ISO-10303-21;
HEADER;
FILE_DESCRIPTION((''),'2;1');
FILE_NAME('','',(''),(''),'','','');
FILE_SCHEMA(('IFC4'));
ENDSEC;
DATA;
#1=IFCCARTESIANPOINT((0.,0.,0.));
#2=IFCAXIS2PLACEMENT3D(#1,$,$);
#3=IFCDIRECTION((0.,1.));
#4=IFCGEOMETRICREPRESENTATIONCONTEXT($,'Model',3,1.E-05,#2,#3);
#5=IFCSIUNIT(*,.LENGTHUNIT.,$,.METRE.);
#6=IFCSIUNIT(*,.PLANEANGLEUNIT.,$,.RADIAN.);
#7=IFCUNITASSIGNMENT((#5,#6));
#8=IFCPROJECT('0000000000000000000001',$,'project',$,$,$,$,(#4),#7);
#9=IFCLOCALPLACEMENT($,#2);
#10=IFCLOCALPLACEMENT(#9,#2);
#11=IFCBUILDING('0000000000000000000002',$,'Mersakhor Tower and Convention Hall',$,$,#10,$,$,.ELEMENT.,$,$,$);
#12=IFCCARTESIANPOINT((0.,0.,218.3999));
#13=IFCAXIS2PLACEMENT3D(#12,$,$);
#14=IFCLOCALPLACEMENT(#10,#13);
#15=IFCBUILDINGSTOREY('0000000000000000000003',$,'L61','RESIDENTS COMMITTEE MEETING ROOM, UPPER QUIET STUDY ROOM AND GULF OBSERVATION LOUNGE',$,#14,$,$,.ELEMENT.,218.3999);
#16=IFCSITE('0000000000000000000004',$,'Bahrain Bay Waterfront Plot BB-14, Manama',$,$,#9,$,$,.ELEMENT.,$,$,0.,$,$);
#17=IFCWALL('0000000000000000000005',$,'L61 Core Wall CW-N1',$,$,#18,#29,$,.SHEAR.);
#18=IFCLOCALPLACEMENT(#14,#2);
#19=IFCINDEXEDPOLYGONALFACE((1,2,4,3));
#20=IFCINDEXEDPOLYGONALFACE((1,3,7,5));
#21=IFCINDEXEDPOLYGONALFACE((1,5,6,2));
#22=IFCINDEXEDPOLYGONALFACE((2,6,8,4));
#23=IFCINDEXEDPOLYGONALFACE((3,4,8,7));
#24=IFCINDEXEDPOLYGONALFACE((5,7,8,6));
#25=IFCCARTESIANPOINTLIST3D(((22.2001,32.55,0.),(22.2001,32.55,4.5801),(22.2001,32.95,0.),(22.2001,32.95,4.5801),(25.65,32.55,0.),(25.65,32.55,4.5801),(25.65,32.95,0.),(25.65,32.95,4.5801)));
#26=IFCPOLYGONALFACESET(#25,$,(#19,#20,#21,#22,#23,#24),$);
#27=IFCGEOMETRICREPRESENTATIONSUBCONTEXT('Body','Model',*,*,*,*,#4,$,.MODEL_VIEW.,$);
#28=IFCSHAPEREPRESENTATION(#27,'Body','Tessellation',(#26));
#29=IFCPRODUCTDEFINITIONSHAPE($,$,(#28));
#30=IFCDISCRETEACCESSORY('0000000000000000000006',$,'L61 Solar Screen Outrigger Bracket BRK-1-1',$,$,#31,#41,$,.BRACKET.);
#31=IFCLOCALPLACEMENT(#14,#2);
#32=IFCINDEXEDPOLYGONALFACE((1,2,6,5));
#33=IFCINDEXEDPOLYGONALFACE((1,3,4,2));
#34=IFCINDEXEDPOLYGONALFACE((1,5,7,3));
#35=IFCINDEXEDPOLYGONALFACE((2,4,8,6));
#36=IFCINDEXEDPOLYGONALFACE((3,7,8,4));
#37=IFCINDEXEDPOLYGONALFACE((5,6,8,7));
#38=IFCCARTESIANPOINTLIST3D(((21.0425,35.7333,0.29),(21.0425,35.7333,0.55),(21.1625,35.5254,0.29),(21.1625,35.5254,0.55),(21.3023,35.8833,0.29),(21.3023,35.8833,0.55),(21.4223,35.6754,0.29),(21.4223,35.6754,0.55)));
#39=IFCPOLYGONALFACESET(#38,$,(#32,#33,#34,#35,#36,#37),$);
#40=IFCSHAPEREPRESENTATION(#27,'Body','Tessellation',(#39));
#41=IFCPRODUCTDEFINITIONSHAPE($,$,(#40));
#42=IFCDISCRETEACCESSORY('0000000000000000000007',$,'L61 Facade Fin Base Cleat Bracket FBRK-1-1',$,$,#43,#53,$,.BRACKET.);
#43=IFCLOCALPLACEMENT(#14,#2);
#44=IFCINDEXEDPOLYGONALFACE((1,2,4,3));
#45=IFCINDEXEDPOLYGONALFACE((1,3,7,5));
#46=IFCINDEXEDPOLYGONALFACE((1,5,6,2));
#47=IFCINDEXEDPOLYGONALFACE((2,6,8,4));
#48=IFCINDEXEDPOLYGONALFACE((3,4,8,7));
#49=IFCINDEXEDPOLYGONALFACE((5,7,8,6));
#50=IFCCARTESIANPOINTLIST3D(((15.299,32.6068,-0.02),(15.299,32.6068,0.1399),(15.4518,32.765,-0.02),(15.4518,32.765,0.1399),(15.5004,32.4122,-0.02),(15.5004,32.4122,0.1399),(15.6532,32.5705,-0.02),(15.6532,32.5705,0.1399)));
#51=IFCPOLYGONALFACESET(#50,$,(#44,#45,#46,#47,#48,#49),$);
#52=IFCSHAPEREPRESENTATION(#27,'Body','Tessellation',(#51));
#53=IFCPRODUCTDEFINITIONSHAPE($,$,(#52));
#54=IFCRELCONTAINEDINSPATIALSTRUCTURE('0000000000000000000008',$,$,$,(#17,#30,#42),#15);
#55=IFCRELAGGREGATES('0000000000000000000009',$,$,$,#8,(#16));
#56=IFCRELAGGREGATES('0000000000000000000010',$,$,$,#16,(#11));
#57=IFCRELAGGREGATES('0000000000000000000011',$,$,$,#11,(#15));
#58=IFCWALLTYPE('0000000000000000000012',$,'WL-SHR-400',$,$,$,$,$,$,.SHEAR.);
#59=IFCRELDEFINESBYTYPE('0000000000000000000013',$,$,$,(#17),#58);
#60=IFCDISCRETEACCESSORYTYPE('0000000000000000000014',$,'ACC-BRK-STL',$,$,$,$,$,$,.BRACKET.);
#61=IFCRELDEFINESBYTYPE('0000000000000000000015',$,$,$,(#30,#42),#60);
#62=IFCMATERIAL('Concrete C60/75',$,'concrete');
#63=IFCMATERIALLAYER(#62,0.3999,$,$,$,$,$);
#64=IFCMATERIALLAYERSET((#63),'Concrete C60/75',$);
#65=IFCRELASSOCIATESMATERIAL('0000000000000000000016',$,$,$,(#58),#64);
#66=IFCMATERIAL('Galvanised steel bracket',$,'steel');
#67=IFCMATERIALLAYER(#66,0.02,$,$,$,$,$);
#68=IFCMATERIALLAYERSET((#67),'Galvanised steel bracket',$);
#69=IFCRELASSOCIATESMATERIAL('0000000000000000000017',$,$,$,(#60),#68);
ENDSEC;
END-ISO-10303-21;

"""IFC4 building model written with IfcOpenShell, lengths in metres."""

from ifc_helpers import new_model, si_unit, direction, frame, frame_2d, origin, origin_2d, place, context, subcontext, project, spatial, rectangle, extrude, material, layer, layer_set, type_object, element, save


model = new_model("IFC4")

# Units and contexts
model_context = context("Model", 3, precision=1e-05, world=origin(), true_north=direction((0.0, 1.0)))
body_context = subcontext(model_context, "Body", "Model", "MODEL_VIEW")
ifc_project = project(units=[si_unit("LENGTHUNIT", "METRE"), si_unit("PLANEANGLEUNIT", "RADIAN")], contexts=[model_context])

# Site, building, storey
site_placement = place(None, origin())
site = spatial("IfcSite", under=ifc_project, at=site_placement, Name="Bahrain Bay Waterfront Plot BB-14, Manama", CompositionType="ELEMENT", RefElevation=0.0)
building_placement = place(site_placement, origin())
building = spatial("IfcBuilding", under=site, at=building_placement, Name="Mersakhor Tower and Convention Hall", CompositionType="ELEMENT")
storey_placement = place(building_placement, frame((0.0, 0.0, 218.3999)))
storey = spatial("IfcBuildingStorey", under=building, at=storey_placement, Name="L61", Description="RESIDENTS COMMITTEE MEETING ROOM, UPPER QUIET STUDY ROOM AND GULF OBSERVATION LOUNGE", CompositionType="ELEMENT", Elevation=218.3999)

# Wall
ifc_material_1 = material(Name="Concrete C60/75", Category="concrete")
ifc_layer_1 = layer(ifc_material_1, 0.3999)
ifc_layer_set_1 = layer_set([ifc_layer_1], Name="Concrete C60/75")
wall_type_1 = type_object("IfcWallType", Name="WL-SHR-400", PredefinedType="SHEAR", material=ifc_layer_set_1)
wall_1_placement = place(storey_placement, frame((22.2, 32.75, 0.0), z_axis=(0.0, 0.0, 1.0), x_axis=(1.0, 0.0, 0.0)))
element("IfcWall", 1, at=wall_1_placement, inside=storey, type_object=wall_type_1, Name="L61 Core Wall CW-N1", PredefinedType="SHEAR", context=body_context, shape_type="SweptSolid", body=[
    extrude(rectangle(XDim=3.45, YDim=0.3999, at=frame_2d((1.7251, 0.0))), origin(), (0.0, 0.0, 1.0), 4.5801),
])

# Discrete accessories
ifc_material_2 = material(Name="Galvanised steel bracket", Category="steel")
ifc_layer_2 = layer(ifc_material_2, 0.02)
ifc_layer_set_2 = layer_set([ifc_layer_2], Name="Galvanised steel bracket")
discrete_accessory_type = type_object("IfcDiscreteAccessoryType", Name="ACC-BRK-STL", PredefinedType="BRACKET", material=ifc_layer_set_2)
discrete_accessory_1_placement = place(storey_placement, frame((21.2324, 35.7043, 0.29), z_axis=(0.0, 0.0, 1.0), x_axis=(0.866025, 0.5, 0.0)))
element("IfcDiscreteAccessory", 2, at=discrete_accessory_1_placement, inside=storey, type_object=discrete_accessory_type, Name="L61 Solar Screen Outrigger Bracket BRK-1-1", PredefinedType="BRACKET", context=body_context, shape_type="SweptSolid", body=[
    extrude(rectangle(XDim=0.3, YDim=0.24, at=origin_2d()), origin(), (0.0, 0.0, 1.0), 0.26),
])
discrete_accessory_2_placement = place(storey_placement, frame((15.4761, 32.5886, -0.02), z_axis=(0.0, 0.0, 1.0), x_axis=(-0.71934, 0.694658, 0.0)))
element("IfcDiscreteAccessory", 3, at=discrete_accessory_2_placement, inside=storey, type_object=discrete_accessory_type, Name="L61 Facade Fin Base Cleat Bracket FBRK-1-1", PredefinedType="BRACKET", context=body_context, shape_type="SweptSolid", body=[
    extrude(rectangle(XDim=0.28, YDim=0.22, at=origin_2d()), origin(), (0.0, 0.0, 1.0), 0.1599),
])

save(model, "model.ifc")
